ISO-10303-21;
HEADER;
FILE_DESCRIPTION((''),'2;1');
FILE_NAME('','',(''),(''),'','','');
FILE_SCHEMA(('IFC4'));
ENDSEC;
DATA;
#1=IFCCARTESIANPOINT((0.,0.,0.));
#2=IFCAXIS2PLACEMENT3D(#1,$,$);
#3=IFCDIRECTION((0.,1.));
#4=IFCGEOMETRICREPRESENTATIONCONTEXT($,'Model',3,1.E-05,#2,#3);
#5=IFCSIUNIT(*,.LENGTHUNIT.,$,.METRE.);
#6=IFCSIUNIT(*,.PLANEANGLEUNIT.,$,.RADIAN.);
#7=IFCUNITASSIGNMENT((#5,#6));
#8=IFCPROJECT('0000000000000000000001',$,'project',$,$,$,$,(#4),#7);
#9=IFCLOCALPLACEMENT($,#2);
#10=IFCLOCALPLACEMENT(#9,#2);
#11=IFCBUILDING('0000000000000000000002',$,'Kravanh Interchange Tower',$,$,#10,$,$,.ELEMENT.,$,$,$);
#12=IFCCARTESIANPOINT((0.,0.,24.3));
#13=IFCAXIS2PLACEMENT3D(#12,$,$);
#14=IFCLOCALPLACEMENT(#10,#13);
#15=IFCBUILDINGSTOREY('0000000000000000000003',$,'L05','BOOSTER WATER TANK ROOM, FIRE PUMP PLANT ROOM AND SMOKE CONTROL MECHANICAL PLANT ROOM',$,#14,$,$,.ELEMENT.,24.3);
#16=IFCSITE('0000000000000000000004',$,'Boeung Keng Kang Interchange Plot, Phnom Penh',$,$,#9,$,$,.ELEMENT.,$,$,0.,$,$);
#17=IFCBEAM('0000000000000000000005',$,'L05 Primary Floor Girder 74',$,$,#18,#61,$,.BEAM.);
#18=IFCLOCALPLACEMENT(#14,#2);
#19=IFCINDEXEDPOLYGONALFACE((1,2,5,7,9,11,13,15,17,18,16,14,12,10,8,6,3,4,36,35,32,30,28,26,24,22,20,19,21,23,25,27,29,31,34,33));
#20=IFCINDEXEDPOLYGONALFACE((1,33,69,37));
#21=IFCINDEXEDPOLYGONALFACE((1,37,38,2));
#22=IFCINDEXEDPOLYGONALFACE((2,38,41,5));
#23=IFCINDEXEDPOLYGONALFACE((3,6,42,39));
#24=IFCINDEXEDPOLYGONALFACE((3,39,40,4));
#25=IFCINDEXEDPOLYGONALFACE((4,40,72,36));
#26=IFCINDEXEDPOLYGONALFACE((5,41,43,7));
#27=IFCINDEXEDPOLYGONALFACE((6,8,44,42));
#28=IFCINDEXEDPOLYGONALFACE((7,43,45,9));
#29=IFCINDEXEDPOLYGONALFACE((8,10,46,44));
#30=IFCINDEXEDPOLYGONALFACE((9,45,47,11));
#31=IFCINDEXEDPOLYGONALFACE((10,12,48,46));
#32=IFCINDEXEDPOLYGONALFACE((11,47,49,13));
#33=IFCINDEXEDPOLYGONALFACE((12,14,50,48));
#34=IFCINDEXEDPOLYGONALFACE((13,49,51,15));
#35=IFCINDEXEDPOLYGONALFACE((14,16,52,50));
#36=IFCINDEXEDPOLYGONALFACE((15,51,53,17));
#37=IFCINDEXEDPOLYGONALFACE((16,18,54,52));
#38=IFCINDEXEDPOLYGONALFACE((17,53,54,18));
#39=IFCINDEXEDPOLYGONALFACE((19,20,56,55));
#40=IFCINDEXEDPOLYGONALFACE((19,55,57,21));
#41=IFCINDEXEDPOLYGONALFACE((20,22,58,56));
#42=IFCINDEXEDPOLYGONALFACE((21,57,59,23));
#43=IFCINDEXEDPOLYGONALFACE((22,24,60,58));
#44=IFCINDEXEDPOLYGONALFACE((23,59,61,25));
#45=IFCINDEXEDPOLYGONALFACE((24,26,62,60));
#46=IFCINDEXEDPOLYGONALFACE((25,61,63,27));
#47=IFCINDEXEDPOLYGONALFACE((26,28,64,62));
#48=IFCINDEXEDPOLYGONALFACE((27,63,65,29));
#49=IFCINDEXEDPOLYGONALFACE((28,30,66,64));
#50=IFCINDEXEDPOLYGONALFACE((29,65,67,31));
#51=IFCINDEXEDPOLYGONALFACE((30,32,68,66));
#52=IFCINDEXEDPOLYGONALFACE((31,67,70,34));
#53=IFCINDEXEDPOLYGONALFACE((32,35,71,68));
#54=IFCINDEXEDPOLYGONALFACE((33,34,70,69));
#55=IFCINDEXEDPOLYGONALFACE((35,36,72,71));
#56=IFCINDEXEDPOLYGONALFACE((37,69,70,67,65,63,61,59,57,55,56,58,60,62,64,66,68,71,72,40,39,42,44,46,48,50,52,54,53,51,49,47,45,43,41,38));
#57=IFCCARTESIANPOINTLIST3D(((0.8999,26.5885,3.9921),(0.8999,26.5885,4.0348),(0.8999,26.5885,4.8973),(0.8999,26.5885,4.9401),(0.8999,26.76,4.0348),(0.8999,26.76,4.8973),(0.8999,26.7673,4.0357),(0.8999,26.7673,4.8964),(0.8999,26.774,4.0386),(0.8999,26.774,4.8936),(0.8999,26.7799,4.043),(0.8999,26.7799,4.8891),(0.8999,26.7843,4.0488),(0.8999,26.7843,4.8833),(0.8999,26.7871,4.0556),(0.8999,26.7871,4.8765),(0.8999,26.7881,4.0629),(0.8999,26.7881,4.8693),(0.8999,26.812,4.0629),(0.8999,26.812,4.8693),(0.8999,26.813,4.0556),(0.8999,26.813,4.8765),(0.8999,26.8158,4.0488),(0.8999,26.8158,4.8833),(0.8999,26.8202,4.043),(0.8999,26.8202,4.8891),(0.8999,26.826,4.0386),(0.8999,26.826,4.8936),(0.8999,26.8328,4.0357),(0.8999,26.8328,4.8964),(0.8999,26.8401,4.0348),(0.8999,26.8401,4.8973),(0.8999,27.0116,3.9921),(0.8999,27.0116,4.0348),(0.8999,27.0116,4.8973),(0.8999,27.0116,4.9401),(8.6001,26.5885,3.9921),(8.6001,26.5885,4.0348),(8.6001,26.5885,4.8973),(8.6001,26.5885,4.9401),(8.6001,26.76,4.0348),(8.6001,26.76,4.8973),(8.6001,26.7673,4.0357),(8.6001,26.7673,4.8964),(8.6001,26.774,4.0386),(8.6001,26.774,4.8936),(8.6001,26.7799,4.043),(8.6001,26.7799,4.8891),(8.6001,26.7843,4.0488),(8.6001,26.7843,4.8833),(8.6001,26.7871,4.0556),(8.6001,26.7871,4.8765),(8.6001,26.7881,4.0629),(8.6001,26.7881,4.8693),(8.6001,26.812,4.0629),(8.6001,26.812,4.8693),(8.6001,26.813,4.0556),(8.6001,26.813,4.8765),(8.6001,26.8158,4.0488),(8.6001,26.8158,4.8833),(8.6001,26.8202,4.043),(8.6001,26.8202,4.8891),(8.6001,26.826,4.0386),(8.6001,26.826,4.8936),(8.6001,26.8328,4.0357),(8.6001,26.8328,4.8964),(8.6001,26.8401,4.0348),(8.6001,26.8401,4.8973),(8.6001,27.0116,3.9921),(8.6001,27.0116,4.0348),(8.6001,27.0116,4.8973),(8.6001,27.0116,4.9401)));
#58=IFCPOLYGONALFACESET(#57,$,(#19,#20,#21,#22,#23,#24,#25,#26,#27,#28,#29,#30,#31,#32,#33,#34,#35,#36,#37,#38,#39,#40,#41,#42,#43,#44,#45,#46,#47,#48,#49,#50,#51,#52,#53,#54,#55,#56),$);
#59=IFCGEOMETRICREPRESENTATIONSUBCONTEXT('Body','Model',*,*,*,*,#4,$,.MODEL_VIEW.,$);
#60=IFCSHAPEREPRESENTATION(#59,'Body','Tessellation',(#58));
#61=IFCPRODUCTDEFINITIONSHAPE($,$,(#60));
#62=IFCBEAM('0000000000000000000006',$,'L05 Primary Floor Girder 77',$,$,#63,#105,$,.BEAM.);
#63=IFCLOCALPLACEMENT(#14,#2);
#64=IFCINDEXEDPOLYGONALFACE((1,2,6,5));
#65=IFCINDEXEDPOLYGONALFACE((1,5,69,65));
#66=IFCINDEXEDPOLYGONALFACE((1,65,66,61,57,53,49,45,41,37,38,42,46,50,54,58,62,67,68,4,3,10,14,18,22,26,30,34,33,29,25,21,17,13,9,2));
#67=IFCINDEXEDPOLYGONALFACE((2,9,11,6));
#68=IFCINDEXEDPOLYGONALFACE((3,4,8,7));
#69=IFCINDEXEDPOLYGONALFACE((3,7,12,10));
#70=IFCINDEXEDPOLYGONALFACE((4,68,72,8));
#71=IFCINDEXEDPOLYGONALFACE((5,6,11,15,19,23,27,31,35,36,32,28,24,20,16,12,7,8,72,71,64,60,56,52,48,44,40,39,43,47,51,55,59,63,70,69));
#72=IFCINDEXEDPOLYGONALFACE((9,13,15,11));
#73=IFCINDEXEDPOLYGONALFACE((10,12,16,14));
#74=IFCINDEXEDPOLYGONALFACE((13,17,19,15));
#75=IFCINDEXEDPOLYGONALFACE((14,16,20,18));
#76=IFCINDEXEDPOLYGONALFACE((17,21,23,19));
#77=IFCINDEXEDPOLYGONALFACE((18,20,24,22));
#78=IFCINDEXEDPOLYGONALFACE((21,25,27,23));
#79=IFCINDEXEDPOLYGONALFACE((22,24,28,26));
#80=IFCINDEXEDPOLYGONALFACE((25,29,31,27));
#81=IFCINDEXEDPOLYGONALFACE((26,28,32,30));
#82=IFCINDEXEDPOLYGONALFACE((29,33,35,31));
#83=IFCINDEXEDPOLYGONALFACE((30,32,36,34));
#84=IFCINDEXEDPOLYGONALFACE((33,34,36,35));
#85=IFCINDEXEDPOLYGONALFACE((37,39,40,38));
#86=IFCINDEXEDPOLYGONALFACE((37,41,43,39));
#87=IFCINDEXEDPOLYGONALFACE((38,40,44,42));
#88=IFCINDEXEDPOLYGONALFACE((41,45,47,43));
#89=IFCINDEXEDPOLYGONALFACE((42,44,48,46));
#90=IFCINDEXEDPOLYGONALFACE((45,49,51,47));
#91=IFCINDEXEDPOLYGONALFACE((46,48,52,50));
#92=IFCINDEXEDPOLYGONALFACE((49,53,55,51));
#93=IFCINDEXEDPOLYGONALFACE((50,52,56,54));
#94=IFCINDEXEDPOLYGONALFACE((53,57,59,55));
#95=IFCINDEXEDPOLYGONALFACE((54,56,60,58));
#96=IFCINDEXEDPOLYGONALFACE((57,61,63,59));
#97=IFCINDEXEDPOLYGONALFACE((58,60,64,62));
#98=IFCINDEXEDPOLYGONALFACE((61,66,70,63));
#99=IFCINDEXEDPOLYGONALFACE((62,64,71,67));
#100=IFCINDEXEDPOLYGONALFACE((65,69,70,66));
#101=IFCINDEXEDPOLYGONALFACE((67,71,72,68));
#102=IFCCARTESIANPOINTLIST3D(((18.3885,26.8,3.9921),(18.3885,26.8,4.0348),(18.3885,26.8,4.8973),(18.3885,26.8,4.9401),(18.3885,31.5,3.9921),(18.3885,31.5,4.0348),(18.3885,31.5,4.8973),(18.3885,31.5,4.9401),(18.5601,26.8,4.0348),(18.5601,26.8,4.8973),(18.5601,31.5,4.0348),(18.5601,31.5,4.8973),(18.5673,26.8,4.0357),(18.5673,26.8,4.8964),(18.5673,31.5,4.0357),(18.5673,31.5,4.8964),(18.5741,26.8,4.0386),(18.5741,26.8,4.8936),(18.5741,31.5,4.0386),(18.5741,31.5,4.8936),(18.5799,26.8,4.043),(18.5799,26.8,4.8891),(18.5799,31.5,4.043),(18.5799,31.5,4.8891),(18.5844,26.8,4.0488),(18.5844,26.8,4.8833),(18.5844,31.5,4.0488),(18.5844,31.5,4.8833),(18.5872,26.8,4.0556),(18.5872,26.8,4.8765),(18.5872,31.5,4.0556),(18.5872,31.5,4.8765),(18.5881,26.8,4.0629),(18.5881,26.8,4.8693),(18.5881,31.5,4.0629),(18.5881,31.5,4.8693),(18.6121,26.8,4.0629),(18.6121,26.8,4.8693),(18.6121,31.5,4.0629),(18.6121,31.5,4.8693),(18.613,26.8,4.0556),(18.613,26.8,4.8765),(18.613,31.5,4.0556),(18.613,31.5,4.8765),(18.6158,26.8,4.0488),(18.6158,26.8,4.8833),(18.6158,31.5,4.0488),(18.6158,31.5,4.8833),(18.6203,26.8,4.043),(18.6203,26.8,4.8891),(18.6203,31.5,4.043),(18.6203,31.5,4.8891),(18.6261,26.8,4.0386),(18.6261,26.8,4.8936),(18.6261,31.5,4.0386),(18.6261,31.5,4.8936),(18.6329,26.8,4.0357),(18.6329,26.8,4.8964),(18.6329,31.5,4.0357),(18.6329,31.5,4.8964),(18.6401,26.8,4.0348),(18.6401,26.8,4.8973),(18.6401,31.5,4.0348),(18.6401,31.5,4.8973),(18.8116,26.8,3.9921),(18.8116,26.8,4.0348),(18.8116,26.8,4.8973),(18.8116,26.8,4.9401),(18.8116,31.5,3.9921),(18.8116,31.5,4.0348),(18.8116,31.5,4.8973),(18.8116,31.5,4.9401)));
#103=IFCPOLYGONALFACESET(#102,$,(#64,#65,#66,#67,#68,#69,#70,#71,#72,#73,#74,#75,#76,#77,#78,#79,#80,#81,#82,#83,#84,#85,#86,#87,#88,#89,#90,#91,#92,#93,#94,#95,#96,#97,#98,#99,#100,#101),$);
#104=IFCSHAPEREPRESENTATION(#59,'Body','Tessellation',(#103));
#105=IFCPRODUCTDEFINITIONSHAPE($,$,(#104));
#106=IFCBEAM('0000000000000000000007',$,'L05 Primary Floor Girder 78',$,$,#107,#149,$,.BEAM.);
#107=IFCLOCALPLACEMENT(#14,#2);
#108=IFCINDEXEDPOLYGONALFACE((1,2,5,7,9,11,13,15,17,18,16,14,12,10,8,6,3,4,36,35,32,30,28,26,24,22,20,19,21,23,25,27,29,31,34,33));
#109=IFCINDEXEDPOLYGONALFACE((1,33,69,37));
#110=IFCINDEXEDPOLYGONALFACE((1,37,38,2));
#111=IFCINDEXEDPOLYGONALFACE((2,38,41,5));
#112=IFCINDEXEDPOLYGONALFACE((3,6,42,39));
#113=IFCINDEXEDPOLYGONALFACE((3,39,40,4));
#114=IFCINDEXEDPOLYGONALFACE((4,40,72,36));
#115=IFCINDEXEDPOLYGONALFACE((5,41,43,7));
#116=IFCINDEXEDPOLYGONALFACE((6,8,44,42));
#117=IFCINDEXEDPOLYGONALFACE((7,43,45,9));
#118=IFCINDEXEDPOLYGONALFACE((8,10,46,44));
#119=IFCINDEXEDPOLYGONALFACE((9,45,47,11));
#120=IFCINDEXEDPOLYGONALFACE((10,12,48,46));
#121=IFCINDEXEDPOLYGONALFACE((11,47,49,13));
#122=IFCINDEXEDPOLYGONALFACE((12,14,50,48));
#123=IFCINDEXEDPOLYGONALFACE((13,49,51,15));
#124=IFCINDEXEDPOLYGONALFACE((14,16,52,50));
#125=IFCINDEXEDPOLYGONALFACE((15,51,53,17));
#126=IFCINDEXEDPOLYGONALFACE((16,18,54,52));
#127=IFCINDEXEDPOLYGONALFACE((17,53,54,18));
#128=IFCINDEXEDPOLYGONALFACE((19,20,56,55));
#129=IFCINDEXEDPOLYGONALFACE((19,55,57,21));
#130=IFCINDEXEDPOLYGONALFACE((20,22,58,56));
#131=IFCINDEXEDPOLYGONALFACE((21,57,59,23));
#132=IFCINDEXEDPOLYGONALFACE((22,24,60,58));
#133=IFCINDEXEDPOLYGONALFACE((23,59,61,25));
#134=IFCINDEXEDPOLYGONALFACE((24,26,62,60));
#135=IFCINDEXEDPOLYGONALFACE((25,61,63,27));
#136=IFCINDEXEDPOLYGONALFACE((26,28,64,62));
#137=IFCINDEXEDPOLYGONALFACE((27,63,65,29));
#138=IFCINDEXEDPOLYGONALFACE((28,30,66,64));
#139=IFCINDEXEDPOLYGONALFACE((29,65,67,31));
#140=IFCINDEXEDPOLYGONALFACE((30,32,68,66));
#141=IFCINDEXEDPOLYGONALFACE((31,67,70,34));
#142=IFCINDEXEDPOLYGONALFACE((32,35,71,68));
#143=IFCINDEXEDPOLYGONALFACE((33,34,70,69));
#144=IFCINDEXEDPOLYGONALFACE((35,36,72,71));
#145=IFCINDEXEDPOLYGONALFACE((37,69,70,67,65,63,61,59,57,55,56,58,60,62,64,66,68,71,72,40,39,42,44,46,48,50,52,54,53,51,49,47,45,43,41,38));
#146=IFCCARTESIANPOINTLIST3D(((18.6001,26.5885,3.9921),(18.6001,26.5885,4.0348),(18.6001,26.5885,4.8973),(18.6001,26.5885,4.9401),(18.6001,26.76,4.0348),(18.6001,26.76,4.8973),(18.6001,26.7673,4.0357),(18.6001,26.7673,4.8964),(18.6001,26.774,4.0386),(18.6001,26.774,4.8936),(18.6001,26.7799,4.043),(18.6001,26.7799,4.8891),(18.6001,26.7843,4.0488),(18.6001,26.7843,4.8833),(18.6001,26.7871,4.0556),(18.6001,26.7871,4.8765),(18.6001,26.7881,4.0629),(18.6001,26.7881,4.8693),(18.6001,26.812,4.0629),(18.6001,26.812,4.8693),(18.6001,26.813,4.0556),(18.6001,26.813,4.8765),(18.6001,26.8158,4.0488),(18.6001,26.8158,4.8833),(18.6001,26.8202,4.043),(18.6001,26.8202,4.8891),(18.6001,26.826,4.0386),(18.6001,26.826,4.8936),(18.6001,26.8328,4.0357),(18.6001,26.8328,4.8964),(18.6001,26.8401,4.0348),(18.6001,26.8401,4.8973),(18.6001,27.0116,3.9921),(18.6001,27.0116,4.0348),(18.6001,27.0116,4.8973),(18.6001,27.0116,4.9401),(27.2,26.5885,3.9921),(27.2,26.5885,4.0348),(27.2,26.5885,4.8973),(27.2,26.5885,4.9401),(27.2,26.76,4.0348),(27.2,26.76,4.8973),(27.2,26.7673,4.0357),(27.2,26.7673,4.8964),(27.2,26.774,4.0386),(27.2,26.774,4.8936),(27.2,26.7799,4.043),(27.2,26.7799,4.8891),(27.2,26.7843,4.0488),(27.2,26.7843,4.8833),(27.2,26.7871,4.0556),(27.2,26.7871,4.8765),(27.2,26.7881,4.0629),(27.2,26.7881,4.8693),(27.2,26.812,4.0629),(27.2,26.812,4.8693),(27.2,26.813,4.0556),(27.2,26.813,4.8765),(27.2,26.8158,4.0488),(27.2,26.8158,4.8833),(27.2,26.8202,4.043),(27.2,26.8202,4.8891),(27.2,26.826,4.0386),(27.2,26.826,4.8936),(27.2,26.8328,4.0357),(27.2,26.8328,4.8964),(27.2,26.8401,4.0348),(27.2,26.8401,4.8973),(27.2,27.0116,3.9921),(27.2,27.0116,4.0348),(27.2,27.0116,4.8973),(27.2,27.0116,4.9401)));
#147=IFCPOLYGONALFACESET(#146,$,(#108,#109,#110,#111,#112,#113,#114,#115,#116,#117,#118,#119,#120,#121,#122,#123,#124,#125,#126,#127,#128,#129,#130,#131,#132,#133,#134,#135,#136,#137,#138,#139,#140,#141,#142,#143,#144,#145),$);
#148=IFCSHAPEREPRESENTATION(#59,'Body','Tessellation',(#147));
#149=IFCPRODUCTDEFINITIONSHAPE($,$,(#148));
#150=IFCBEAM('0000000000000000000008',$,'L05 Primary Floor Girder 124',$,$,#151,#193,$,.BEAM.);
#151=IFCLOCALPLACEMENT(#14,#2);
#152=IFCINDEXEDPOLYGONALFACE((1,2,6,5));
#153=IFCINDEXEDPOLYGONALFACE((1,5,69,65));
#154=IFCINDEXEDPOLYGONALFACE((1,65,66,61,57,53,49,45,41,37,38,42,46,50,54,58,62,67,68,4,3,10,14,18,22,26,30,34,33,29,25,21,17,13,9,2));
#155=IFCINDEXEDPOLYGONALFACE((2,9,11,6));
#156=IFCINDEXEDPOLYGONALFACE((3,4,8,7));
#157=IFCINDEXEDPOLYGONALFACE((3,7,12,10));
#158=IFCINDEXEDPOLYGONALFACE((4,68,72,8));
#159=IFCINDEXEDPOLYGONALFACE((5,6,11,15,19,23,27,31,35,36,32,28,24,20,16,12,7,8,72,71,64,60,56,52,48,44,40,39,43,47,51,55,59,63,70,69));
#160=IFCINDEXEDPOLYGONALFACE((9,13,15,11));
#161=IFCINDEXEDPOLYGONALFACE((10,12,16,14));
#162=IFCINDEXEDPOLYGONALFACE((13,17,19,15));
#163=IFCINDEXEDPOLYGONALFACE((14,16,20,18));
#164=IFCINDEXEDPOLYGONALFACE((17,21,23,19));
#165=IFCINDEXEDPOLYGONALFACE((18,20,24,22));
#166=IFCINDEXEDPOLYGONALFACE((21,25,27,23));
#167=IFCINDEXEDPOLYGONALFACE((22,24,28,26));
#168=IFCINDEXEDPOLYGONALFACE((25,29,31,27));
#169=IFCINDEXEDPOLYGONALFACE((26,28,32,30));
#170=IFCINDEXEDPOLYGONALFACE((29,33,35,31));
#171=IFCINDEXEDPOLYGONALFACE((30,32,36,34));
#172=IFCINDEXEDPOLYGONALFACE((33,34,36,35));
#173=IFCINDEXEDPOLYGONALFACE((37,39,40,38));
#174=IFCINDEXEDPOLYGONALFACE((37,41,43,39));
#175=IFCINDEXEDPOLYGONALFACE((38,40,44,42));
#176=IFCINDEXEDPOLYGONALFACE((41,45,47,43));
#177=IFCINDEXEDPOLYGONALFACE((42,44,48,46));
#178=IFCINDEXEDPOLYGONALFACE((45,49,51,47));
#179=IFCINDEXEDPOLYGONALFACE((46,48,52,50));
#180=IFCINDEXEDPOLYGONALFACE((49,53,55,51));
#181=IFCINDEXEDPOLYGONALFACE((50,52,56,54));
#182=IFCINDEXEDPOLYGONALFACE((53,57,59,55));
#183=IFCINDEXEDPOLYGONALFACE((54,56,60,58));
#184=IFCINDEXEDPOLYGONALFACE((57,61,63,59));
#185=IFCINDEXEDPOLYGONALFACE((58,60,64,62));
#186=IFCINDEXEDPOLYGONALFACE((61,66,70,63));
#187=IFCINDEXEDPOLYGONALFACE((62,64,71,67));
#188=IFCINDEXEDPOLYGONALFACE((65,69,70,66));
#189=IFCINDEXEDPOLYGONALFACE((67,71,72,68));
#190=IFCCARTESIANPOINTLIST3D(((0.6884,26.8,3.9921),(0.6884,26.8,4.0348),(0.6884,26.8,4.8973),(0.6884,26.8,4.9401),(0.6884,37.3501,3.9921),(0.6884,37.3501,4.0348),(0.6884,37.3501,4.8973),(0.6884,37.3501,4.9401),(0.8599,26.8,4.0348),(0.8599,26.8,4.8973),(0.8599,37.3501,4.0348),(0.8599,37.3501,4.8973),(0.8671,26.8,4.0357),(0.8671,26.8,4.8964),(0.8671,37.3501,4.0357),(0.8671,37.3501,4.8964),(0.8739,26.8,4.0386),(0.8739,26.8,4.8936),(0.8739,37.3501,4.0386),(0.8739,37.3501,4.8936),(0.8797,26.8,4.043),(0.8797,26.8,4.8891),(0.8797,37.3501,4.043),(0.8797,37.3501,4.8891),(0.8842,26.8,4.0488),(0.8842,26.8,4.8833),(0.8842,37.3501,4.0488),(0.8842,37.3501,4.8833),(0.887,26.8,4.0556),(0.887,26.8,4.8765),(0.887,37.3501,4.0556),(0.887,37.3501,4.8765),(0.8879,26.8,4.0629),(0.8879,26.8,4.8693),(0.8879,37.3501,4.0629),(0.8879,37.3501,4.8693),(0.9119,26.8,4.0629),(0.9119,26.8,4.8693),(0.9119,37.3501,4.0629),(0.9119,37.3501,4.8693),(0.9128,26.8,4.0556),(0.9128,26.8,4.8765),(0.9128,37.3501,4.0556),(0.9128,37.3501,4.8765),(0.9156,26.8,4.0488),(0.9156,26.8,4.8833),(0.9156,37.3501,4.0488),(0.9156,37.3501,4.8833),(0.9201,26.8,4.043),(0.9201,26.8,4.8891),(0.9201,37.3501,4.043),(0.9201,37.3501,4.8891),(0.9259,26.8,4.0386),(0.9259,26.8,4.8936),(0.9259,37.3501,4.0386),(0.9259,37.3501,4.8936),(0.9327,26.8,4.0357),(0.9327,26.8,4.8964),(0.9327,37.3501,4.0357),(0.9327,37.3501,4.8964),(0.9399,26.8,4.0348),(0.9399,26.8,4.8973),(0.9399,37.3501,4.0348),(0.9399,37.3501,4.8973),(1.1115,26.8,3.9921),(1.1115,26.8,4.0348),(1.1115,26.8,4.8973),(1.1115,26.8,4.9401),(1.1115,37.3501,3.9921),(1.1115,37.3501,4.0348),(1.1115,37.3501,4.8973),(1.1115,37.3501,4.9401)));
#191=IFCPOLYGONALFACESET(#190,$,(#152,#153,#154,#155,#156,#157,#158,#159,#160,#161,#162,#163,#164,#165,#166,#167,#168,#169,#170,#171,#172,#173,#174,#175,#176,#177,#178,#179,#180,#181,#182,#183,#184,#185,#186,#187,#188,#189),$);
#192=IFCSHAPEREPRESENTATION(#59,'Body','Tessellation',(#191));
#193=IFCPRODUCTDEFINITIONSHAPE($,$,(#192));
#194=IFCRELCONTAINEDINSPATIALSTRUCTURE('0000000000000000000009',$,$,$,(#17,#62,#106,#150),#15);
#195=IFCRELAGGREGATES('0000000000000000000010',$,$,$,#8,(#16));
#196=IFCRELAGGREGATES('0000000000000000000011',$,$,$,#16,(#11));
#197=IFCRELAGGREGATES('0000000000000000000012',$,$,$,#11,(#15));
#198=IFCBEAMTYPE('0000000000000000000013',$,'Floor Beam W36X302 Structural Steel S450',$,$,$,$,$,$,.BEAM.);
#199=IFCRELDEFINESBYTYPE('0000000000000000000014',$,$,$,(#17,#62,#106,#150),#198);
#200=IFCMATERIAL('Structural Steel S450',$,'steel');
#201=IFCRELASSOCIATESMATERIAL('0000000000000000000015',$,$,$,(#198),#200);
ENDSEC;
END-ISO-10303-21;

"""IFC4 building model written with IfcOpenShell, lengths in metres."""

from ifc_helpers import new_model, si_unit, direction, frame, origin, origin_2d, place, context, subcontext, project, spatial, i_section, extrude, material, material_profile, profile_set, type_object, element, save


model = new_model("IFC4")

# Units and contexts
model_context = context("Model", 3, precision=1e-05, world=origin(), true_north=direction((0.0, 1.0)))
body_context = subcontext(model_context, "Body", "Model", "MODEL_VIEW")
ifc_project = project(units=[si_unit("LENGTHUNIT", "METRE"), si_unit("PLANEANGLEUNIT", "RADIAN")], contexts=[model_context])

# Site, building, storey
site_placement = place(None, origin())
site = spatial("IfcSite", under=ifc_project, at=site_placement, Name="Boeung Keng Kang Interchange Plot, Phnom Penh", CompositionType="ELEMENT", RefElevation=0.0)
building_placement = place(site_placement, origin())
building = spatial("IfcBuilding", under=site, at=building_placement, Name="Kravanh Interchange Tower", CompositionType="ELEMENT")
storey_placement = place(building_placement, frame((0.0, 0.0, 24.3)))
storey = spatial("IfcBuildingStorey", under=building, at=storey_placement, Name="L05", Description="BOOSTER WATER TANK ROOM, FIRE PUMP PLANT ROOM AND SMOKE CONTROL MECHANICAL PLANT ROOM", CompositionType="ELEMENT", Elevation=24.3)

# Beams
ifc_material_1 = material(Name="Structural Steel S450", Category="steel")
ifc_material_profile_1 = material_profile(ifc_material_1, i_section(OverallWidth=0.4231, OverallDepth=0.948, WebThickness=0.0239, FlangeThickness=0.0427, FilletRadius=0.0281, at=origin_2d()), Name="W36X302")
ifc_profile_set_1 = profile_set([ifc_material_profile_1], Name="Structural Steel S450")
beam_type_1 = type_object("IfcBeamType", Name="Floor Beam W36X302 Structural Steel S450", PredefinedType="BEAM", material=ifc_profile_set_1)
beam_1_placement = place(storey_placement, frame((8.6001, 26.8, 4.4661), z_axis=(-1.0, 0.0, 0.0), x_axis=(0.0, -1.0, 0.0)))
element("IfcBeam", 1, at=beam_1_placement, inside=storey, type_object=beam_type_1, Name="L05 Primary Floor Girder 74", PredefinedType="BEAM", context=body_context, shape_type="SweptSolid", body=[
    extrude(i_section(OverallWidth=0.4231, OverallDepth=0.948, WebThickness=0.0239, FlangeThickness=0.0427, FilletRadius=0.0281, at=origin_2d()), origin(), (0.0, 0.0, 1.0), 7.7002),
])
beam_2_placement = place(storey_placement, frame((18.6001, 26.8, 4.4661), z_axis=(0.0, 1.0, 0.0), x_axis=(-1.0, 0.0, 0.0)))
element("IfcBeam", 2, at=beam_2_placement, inside=storey, type_object=beam_type_1, Name="L05 Primary Floor Girder 77", PredefinedType="BEAM", context=body_context, shape_type="SweptSolid", body=[
    extrude(i_section(OverallWidth=0.4231, OverallDepth=0.948, WebThickness=0.0239, FlangeThickness=0.0427, FilletRadius=0.0281, at=origin_2d()), origin(), (0.0, 0.0, 1.0), 4.7),
])
beam_3_placement = place(storey_placement, frame((18.6001, 26.8, 4.4661), z_axis=(1.0, 0.0, 0.0), x_axis=(0.0, 1.0, 0.0)))
element("IfcBeam", 3, at=beam_3_placement, inside=storey, type_object=beam_type_1, Name="L05 Primary Floor Girder 78", PredefinedType="BEAM", context=body_context, shape_type="SweptSolid", body=[
    extrude(i_section(OverallWidth=0.4231, OverallDepth=0.948, WebThickness=0.0239, FlangeThickness=0.0427, FilletRadius=0.0281, at=origin_2d()), origin(), (0.0, 0.0, 1.0), 8.5999),
])
beam_4_placement = place(storey_placement, frame((0.8999, 26.8, 4.4661), z_axis=(0.0, 1.0, 0.0), x_axis=(-1.0, 0.0, 0.0)))
element("IfcBeam", 4, at=beam_4_placement, inside=storey, type_object=beam_type_1, Name="L05 Primary Floor Girder 124", PredefinedType="BEAM", context=body_context, shape_type="SweptSolid", body=[
    extrude(i_section(OverallWidth=0.4231, OverallDepth=0.948, WebThickness=0.0239, FlangeThickness=0.0427, FilletRadius=0.0281, at=origin_2d()), origin(), (0.0, 0.0, 1.0), 10.55),
])

save(model, "model.ifc")
